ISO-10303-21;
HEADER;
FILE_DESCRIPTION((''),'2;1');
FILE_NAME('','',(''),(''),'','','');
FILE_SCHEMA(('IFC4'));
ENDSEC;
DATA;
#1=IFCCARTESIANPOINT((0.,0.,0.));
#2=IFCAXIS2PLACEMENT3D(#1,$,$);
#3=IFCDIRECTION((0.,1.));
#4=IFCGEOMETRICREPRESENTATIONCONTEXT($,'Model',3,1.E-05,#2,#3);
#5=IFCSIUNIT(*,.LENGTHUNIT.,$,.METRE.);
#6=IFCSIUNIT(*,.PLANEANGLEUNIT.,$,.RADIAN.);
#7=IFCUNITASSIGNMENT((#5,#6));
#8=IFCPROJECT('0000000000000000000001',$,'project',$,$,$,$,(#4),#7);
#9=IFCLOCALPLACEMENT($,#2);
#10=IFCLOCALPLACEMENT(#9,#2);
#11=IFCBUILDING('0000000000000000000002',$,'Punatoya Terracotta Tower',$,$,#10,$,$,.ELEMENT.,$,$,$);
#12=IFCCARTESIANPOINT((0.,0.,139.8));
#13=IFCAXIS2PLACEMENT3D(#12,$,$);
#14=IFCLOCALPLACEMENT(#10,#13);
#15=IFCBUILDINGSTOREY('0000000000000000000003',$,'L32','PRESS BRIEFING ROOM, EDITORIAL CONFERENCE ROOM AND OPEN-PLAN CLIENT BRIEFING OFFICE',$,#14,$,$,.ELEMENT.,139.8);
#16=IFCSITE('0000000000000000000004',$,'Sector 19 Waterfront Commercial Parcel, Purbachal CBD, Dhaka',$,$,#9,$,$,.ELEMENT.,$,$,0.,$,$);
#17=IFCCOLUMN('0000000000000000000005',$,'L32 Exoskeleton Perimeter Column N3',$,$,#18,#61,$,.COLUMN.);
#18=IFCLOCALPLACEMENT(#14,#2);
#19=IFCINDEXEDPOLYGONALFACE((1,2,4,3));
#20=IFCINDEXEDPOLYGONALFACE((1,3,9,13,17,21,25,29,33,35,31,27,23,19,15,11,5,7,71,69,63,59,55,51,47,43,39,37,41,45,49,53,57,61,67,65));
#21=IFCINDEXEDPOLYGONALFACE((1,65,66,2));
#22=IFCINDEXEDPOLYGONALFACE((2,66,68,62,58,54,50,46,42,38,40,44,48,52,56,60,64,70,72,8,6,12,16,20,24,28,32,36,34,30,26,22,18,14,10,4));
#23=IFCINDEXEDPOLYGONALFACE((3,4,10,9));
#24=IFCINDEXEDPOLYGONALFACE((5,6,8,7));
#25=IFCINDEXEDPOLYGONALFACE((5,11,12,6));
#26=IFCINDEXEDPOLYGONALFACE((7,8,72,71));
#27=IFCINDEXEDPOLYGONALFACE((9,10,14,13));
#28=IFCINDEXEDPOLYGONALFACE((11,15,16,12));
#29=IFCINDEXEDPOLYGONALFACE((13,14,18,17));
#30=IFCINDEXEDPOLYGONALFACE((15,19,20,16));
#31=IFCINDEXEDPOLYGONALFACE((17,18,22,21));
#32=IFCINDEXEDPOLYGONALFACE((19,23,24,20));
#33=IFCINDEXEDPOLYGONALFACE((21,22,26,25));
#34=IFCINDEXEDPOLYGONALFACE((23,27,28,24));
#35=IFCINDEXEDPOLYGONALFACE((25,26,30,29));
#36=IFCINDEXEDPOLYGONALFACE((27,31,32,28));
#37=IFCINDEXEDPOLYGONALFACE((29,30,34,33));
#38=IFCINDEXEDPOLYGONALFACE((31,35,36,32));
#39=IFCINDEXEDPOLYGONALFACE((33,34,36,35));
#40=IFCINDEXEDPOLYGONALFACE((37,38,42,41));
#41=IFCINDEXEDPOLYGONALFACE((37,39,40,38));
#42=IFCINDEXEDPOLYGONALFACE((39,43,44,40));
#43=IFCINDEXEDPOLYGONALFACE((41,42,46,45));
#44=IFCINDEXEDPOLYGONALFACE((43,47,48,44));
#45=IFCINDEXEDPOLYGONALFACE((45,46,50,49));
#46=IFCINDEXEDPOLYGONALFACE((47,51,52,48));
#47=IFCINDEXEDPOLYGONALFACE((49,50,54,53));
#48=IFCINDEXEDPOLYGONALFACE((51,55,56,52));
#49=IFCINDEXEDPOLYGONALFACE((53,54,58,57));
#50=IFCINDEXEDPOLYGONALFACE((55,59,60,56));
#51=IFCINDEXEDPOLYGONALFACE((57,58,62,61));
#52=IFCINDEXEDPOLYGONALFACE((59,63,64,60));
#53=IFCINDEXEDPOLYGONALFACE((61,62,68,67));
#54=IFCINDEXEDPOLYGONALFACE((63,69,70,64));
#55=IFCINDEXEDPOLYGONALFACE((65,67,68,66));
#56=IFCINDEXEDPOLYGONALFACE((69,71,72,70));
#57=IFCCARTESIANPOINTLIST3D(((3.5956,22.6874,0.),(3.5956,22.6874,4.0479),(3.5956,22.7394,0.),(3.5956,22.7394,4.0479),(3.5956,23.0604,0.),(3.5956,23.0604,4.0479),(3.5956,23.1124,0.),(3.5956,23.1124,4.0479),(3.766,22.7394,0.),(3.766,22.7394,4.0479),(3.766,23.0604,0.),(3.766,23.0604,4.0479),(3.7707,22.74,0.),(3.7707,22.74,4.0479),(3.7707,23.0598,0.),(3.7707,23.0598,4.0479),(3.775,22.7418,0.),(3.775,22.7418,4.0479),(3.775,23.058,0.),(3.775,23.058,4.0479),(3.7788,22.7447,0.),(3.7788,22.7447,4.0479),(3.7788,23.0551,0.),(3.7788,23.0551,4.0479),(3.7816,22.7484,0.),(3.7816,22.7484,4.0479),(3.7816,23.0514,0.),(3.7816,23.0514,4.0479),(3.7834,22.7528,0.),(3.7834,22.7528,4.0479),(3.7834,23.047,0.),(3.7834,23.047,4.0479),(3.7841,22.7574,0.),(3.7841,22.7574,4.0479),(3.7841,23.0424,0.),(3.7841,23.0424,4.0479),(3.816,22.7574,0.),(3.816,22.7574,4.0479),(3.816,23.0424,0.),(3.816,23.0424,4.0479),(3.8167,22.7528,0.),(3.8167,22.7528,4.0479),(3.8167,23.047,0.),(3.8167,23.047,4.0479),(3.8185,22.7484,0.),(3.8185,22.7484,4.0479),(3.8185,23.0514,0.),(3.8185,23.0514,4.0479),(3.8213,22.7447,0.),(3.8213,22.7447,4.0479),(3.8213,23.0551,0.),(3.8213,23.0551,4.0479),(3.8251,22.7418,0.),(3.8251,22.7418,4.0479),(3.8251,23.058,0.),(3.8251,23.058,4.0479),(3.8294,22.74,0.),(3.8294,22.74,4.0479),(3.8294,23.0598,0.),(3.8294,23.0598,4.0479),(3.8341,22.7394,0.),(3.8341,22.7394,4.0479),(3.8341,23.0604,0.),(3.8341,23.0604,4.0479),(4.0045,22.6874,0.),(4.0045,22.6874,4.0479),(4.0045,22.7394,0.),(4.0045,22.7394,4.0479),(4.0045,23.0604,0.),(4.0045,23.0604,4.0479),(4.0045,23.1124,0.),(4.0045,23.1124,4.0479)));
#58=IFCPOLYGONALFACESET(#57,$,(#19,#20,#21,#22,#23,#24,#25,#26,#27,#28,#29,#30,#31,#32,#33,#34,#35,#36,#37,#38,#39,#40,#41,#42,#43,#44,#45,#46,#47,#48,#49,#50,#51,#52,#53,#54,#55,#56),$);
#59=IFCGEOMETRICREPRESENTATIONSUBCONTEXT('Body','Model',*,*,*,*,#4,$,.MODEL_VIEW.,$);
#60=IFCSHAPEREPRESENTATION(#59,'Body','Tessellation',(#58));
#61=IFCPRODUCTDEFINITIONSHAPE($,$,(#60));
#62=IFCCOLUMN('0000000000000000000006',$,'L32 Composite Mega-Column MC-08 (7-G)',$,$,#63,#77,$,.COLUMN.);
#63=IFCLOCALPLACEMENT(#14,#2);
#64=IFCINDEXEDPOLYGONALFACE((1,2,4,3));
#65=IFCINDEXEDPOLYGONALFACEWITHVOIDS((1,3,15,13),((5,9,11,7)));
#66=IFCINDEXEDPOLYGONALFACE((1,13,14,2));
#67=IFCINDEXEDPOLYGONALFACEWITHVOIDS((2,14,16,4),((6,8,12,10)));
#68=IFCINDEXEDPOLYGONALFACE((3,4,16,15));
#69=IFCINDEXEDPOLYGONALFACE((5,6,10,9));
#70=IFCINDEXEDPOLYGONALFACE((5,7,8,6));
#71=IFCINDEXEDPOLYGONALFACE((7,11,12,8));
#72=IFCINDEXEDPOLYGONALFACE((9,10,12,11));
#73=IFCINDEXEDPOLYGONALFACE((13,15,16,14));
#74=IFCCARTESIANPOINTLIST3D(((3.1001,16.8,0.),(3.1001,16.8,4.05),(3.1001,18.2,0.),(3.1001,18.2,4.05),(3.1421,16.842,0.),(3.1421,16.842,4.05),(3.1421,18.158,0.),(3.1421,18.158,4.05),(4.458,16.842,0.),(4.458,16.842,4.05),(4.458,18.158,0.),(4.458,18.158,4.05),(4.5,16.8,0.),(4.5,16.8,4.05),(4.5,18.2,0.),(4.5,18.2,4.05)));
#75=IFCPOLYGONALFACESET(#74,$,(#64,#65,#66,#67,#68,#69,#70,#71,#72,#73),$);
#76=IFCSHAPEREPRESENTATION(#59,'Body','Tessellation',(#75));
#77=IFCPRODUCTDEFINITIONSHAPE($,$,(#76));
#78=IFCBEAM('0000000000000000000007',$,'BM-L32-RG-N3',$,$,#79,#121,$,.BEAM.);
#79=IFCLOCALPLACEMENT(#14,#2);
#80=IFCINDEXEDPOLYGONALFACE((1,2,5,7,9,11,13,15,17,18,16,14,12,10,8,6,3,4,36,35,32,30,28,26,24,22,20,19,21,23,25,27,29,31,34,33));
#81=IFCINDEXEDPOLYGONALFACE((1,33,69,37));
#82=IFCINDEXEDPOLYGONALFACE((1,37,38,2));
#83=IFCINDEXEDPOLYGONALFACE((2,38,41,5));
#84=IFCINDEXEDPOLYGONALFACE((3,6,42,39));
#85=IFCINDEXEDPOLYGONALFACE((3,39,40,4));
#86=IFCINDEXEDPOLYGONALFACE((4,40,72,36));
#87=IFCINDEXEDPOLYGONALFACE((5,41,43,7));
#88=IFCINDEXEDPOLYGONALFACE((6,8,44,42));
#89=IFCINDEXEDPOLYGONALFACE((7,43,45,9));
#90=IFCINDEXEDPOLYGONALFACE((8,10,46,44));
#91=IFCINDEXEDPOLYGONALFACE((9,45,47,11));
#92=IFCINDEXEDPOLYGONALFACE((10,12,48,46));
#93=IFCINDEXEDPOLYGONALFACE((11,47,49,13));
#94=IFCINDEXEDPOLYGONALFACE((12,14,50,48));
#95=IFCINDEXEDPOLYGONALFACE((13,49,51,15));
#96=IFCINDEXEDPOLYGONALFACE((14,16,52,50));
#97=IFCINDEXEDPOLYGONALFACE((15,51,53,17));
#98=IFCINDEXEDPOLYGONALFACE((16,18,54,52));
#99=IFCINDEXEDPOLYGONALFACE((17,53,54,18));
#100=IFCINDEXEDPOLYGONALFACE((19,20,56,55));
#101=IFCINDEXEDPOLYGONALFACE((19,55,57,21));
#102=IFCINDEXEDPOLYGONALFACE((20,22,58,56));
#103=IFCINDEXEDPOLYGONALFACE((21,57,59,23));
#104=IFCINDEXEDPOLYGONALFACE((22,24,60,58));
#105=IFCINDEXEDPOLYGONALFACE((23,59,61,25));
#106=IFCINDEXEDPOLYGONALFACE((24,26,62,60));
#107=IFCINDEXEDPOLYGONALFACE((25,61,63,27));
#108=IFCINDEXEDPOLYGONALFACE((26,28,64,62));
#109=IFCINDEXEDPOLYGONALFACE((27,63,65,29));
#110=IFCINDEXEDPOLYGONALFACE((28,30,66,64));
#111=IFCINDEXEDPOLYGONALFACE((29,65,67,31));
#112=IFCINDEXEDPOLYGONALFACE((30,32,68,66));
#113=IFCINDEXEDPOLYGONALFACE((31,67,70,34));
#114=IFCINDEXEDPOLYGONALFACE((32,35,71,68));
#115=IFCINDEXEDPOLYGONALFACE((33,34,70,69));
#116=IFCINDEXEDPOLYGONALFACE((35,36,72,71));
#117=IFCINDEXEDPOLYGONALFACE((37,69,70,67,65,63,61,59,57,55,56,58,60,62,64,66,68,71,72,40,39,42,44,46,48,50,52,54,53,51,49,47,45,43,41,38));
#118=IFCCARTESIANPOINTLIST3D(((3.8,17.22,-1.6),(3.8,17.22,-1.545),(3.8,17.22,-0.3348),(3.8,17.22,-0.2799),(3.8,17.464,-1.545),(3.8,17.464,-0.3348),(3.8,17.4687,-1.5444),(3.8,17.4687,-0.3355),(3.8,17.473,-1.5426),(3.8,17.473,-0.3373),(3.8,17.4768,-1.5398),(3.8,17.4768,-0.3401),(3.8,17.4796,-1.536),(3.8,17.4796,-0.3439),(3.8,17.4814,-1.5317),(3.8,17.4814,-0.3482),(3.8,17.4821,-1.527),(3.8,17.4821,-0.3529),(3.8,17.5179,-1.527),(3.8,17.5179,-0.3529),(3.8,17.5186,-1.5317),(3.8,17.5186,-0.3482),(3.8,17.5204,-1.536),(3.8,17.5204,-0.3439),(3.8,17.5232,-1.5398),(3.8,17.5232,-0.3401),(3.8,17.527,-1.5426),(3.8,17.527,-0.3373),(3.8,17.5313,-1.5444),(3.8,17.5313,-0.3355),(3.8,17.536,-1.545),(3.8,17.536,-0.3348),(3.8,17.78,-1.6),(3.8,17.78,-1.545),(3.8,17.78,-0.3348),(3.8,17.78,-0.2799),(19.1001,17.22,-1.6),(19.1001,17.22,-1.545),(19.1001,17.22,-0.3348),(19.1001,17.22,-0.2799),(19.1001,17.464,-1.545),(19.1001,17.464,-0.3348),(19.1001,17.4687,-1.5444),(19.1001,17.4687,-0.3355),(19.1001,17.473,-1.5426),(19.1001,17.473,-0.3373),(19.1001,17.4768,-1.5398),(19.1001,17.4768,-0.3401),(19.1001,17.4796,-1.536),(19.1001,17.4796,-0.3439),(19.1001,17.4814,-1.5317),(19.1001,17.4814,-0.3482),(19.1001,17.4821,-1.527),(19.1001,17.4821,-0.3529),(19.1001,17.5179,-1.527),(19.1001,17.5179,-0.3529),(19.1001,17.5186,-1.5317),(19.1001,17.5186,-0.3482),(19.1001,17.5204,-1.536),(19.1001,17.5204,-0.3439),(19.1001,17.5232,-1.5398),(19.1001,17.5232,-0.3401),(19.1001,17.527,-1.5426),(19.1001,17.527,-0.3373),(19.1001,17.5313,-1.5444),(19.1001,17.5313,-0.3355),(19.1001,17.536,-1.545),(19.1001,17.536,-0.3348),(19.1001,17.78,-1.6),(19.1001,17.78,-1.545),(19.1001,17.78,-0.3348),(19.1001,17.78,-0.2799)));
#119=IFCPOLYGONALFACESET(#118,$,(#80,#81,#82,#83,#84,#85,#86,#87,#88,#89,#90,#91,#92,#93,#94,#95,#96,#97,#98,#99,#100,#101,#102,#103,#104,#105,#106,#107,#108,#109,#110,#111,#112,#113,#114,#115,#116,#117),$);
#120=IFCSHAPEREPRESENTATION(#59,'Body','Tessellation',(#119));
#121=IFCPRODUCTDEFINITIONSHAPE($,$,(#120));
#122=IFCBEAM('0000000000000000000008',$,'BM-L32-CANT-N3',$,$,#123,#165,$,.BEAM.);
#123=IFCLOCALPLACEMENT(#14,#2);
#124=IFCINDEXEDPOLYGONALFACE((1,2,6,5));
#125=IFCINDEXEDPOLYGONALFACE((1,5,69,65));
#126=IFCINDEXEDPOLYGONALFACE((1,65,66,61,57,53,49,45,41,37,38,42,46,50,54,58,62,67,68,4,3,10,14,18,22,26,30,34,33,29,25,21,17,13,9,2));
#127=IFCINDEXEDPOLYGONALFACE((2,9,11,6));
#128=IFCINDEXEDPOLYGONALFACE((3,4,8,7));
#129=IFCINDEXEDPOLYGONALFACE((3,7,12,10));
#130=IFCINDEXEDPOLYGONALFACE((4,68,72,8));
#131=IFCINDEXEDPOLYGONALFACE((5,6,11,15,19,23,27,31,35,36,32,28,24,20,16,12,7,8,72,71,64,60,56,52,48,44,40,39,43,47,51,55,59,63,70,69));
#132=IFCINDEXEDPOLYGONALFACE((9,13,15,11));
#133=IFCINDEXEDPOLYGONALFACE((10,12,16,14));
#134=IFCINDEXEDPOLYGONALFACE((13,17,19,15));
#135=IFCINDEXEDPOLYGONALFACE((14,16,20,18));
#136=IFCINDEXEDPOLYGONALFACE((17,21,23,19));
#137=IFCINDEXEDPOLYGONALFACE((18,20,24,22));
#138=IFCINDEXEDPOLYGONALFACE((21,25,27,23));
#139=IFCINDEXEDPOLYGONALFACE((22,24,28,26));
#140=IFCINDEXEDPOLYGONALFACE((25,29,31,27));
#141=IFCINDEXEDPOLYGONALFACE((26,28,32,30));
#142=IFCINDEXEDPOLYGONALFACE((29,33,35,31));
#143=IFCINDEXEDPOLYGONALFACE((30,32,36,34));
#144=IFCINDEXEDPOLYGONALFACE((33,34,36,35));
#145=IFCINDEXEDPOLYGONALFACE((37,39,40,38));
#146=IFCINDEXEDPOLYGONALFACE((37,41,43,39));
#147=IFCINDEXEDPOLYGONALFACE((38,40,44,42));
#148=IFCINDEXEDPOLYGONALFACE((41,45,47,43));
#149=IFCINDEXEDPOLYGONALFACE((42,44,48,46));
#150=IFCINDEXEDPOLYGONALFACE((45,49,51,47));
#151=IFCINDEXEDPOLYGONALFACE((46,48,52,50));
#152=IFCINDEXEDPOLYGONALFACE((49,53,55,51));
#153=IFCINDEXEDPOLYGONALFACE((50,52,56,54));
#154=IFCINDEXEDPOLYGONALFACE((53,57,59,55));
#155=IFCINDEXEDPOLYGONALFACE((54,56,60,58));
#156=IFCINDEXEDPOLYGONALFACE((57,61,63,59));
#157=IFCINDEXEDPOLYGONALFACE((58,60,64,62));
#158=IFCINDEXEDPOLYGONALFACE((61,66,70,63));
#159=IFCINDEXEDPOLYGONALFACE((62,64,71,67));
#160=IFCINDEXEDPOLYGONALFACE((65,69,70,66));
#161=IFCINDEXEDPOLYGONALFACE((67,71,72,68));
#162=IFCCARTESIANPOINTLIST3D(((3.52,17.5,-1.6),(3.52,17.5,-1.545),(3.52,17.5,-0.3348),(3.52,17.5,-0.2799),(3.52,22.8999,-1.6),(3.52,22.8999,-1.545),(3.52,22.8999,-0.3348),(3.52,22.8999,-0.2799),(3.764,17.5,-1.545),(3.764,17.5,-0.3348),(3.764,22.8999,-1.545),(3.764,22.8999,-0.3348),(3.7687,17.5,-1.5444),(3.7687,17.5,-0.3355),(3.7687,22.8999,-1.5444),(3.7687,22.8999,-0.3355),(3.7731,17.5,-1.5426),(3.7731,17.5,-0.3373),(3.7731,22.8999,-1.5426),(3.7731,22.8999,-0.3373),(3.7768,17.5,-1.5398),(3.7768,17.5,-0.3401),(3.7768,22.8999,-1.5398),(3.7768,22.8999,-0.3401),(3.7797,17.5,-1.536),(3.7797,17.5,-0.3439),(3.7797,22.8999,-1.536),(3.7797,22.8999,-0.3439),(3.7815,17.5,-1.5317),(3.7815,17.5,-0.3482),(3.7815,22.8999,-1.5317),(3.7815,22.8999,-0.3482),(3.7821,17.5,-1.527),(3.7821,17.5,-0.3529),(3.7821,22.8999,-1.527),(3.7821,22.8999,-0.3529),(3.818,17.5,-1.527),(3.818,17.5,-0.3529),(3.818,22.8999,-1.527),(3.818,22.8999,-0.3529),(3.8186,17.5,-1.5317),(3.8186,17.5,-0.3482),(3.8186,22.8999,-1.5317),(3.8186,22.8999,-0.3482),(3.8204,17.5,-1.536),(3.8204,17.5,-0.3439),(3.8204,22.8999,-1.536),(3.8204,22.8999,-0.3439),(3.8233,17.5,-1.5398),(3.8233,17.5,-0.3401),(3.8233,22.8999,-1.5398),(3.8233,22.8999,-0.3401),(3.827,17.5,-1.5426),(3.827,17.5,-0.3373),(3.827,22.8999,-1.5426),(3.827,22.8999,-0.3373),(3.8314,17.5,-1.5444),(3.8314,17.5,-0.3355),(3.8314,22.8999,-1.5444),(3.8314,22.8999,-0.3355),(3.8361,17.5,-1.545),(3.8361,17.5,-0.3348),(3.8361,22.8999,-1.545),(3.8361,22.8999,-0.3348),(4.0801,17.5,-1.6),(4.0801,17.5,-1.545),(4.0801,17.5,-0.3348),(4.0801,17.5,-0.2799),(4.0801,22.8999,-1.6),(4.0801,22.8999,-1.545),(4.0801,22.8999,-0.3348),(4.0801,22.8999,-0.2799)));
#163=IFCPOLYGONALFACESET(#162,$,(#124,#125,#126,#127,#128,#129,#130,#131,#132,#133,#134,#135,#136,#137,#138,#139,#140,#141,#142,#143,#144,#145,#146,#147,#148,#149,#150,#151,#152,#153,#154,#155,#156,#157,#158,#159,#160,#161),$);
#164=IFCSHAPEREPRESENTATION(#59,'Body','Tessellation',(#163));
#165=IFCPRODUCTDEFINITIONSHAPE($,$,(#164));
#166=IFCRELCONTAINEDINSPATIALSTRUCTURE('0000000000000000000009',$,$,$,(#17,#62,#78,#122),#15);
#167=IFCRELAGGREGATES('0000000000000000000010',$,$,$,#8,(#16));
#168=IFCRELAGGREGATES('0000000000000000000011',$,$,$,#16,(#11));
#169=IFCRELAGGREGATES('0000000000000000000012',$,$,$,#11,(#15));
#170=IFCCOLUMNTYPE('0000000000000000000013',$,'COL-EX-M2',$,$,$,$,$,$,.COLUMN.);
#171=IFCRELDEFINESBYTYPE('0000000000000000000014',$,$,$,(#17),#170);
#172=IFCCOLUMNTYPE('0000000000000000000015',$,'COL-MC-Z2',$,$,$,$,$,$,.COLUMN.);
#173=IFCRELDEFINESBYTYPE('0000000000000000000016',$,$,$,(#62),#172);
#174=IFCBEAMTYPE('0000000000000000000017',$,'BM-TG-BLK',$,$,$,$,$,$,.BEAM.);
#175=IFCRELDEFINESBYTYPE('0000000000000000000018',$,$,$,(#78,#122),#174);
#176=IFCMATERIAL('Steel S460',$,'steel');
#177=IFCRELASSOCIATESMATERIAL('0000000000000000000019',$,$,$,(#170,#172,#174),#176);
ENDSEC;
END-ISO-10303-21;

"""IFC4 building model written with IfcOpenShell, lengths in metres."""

from ifc_helpers import new_model, si_unit, direction, frame, origin, origin_2d, place, context, subcontext, project, spatial, hollow_rectangle, i_section, extrude, material, material_profile, profile_set, type_object, element, save


model = new_model("IFC4")

# Units and contexts
model_context = context("Model", 3, precision=1e-05, world=origin(), true_north=direction((0.0, 1.0)))
body_context = subcontext(model_context, "Body", "Model", "MODEL_VIEW")
ifc_project = project(units=[si_unit("LENGTHUNIT", "METRE"), si_unit("PLANEANGLEUNIT", "RADIAN")], contexts=[model_context])

# Site, building, storey
site_placement = place(None, origin())
site = spatial("IfcSite", under=ifc_project, at=site_placement, Name="Sector 19 Waterfront Commercial Parcel, Purbachal CBD, Dhaka", CompositionType="ELEMENT", RefElevation=0.0)
building_placement = place(site_placement, origin())
building = spatial("IfcBuilding", under=site, at=building_placement, Name="Punatoya Terracotta Tower", CompositionType="ELEMENT")
storey_placement = place(building_placement, frame((0.0, 0.0, 139.8)))
storey = spatial("IfcBuildingStorey", under=building, at=storey_placement, Name="L32", Description="PRESS BRIEFING ROOM, EDITORIAL CONFERENCE ROOM AND OPEN-PLAN CLIENT BRIEFING OFFICE", CompositionType="ELEMENT", Elevation=139.8)

# Columns
ifc_material_1 = material(Name="Steel S460", Category="steel")
ifc_material_profile_1 = material_profile(ifc_material_1, i_section(OverallWidth=0.4089, OverallDepth=0.425, WebThickness=0.032, FlangeThickness=0.052, FilletRadius=0.0181, at=origin_2d()))
ifc_profile_set_1 = profile_set([ifc_material_profile_1], Name="Steel S460")
column_type_1 = type_object("IfcColumnType", Name="COL-EX-M2", PredefinedType="COLUMN", material=ifc_profile_set_1)
column_1_placement = place(storey_placement, frame((3.8, 22.8999, 0.0), z_axis=(0.0, 0.0, 1.0), x_axis=(1.0, 0.0, 0.0)))
element("IfcColumn", 1, at=column_1_placement, inside=storey, type_object=column_type_1, Name="L32 Exoskeleton Perimeter Column N3", PredefinedType="COLUMN", context=body_context, shape_type="SweptSolid", body=[
    extrude(i_section(OverallWidth=0.4089, OverallDepth=0.425, WebThickness=0.032, FlangeThickness=0.052, FilletRadius=0.0181, at=origin_2d()), origin(), (0.0, 0.0, 1.0), 4.0479),
])
ifc_material_profile_2 = material_profile(ifc_material_1, hollow_rectangle(XDim=1.3999, YDim=1.3999, WallThickness=0.042, at=origin_2d()))
ifc_profile_set_2 = profile_set([ifc_material_profile_2], Name="Steel S460")
column_type_2 = type_object("IfcColumnType", Name="COL-MC-Z2", PredefinedType="COLUMN", material=ifc_profile_set_2)
column_2_placement = place(storey_placement, frame((3.8, 17.5, 0.0), z_axis=(0.0, 0.0, 1.0), x_axis=(1.0, 0.0, 0.0)))
element("IfcColumn", 2, at=column_2_placement, inside=storey, type_object=column_type_2, Name="L32 Composite Mega-Column MC-08 (7-G)", PredefinedType="COLUMN", context=body_context, shape_type="SweptSolid", body=[
    extrude(hollow_rectangle(XDim=1.3999, YDim=1.3999, WallThickness=0.042, at=origin_2d()), origin(), (0.0, 0.0, 1.0), 4.05),
])

# Beams
ifc_material_profile_3 = material_profile(ifc_material_1, i_section(OverallWidth=0.5601, OverallDepth=1.3201, WebThickness=0.0359, FlangeThickness=0.0549, FilletRadius=0.0181, at=origin_2d()))
ifc_profile_set_3 = profile_set([ifc_material_profile_3], Name="Steel S460")
beam_type = type_object("IfcBeamType", Name="BM-TG-BLK", PredefinedType="BEAM", material=ifc_profile_set_3)
beam_1_placement = place(storey_placement, frame((3.8, 17.5, -0.9399), z_axis=(1.0, 0.0, 0.0), x_axis=(0.0, 1.0, 0.0)))
element("IfcBeam", 3, at=beam_1_placement, inside=storey, type_object=beam_type, Name="BM-L32-RG-N3", PredefinedType="BEAM", context=body_context, shape_type="SweptSolid", body=[
    extrude(i_section(OverallWidth=0.5601, OverallDepth=1.3201, WebThickness=0.0359, FlangeThickness=0.0549, FilletRadius=0.0181, at=origin_2d()), origin(), (0.0, 0.0, 1.0), 15.3),
])
beam_2_placement = place(storey_placement, frame((3.8, 17.5, -0.9399), z_axis=(0.0, 1.0, 0.0), x_axis=(-1.0, 0.0, 0.0)))
element("IfcBeam", 4, at=beam_2_placement, inside=storey, type_object=beam_type, Name="BM-L32-CANT-N3", PredefinedType="BEAM", context=body_context, shape_type="SweptSolid", body=[
    extrude(i_section(OverallWidth=0.5601, OverallDepth=1.3201, WebThickness=0.0359, FlangeThickness=0.0549, FilletRadius=0.0181, at=origin_2d()), origin(), (0.0, 0.0, 1.0), 5.3999),
])

save(model, "model.ifc")
